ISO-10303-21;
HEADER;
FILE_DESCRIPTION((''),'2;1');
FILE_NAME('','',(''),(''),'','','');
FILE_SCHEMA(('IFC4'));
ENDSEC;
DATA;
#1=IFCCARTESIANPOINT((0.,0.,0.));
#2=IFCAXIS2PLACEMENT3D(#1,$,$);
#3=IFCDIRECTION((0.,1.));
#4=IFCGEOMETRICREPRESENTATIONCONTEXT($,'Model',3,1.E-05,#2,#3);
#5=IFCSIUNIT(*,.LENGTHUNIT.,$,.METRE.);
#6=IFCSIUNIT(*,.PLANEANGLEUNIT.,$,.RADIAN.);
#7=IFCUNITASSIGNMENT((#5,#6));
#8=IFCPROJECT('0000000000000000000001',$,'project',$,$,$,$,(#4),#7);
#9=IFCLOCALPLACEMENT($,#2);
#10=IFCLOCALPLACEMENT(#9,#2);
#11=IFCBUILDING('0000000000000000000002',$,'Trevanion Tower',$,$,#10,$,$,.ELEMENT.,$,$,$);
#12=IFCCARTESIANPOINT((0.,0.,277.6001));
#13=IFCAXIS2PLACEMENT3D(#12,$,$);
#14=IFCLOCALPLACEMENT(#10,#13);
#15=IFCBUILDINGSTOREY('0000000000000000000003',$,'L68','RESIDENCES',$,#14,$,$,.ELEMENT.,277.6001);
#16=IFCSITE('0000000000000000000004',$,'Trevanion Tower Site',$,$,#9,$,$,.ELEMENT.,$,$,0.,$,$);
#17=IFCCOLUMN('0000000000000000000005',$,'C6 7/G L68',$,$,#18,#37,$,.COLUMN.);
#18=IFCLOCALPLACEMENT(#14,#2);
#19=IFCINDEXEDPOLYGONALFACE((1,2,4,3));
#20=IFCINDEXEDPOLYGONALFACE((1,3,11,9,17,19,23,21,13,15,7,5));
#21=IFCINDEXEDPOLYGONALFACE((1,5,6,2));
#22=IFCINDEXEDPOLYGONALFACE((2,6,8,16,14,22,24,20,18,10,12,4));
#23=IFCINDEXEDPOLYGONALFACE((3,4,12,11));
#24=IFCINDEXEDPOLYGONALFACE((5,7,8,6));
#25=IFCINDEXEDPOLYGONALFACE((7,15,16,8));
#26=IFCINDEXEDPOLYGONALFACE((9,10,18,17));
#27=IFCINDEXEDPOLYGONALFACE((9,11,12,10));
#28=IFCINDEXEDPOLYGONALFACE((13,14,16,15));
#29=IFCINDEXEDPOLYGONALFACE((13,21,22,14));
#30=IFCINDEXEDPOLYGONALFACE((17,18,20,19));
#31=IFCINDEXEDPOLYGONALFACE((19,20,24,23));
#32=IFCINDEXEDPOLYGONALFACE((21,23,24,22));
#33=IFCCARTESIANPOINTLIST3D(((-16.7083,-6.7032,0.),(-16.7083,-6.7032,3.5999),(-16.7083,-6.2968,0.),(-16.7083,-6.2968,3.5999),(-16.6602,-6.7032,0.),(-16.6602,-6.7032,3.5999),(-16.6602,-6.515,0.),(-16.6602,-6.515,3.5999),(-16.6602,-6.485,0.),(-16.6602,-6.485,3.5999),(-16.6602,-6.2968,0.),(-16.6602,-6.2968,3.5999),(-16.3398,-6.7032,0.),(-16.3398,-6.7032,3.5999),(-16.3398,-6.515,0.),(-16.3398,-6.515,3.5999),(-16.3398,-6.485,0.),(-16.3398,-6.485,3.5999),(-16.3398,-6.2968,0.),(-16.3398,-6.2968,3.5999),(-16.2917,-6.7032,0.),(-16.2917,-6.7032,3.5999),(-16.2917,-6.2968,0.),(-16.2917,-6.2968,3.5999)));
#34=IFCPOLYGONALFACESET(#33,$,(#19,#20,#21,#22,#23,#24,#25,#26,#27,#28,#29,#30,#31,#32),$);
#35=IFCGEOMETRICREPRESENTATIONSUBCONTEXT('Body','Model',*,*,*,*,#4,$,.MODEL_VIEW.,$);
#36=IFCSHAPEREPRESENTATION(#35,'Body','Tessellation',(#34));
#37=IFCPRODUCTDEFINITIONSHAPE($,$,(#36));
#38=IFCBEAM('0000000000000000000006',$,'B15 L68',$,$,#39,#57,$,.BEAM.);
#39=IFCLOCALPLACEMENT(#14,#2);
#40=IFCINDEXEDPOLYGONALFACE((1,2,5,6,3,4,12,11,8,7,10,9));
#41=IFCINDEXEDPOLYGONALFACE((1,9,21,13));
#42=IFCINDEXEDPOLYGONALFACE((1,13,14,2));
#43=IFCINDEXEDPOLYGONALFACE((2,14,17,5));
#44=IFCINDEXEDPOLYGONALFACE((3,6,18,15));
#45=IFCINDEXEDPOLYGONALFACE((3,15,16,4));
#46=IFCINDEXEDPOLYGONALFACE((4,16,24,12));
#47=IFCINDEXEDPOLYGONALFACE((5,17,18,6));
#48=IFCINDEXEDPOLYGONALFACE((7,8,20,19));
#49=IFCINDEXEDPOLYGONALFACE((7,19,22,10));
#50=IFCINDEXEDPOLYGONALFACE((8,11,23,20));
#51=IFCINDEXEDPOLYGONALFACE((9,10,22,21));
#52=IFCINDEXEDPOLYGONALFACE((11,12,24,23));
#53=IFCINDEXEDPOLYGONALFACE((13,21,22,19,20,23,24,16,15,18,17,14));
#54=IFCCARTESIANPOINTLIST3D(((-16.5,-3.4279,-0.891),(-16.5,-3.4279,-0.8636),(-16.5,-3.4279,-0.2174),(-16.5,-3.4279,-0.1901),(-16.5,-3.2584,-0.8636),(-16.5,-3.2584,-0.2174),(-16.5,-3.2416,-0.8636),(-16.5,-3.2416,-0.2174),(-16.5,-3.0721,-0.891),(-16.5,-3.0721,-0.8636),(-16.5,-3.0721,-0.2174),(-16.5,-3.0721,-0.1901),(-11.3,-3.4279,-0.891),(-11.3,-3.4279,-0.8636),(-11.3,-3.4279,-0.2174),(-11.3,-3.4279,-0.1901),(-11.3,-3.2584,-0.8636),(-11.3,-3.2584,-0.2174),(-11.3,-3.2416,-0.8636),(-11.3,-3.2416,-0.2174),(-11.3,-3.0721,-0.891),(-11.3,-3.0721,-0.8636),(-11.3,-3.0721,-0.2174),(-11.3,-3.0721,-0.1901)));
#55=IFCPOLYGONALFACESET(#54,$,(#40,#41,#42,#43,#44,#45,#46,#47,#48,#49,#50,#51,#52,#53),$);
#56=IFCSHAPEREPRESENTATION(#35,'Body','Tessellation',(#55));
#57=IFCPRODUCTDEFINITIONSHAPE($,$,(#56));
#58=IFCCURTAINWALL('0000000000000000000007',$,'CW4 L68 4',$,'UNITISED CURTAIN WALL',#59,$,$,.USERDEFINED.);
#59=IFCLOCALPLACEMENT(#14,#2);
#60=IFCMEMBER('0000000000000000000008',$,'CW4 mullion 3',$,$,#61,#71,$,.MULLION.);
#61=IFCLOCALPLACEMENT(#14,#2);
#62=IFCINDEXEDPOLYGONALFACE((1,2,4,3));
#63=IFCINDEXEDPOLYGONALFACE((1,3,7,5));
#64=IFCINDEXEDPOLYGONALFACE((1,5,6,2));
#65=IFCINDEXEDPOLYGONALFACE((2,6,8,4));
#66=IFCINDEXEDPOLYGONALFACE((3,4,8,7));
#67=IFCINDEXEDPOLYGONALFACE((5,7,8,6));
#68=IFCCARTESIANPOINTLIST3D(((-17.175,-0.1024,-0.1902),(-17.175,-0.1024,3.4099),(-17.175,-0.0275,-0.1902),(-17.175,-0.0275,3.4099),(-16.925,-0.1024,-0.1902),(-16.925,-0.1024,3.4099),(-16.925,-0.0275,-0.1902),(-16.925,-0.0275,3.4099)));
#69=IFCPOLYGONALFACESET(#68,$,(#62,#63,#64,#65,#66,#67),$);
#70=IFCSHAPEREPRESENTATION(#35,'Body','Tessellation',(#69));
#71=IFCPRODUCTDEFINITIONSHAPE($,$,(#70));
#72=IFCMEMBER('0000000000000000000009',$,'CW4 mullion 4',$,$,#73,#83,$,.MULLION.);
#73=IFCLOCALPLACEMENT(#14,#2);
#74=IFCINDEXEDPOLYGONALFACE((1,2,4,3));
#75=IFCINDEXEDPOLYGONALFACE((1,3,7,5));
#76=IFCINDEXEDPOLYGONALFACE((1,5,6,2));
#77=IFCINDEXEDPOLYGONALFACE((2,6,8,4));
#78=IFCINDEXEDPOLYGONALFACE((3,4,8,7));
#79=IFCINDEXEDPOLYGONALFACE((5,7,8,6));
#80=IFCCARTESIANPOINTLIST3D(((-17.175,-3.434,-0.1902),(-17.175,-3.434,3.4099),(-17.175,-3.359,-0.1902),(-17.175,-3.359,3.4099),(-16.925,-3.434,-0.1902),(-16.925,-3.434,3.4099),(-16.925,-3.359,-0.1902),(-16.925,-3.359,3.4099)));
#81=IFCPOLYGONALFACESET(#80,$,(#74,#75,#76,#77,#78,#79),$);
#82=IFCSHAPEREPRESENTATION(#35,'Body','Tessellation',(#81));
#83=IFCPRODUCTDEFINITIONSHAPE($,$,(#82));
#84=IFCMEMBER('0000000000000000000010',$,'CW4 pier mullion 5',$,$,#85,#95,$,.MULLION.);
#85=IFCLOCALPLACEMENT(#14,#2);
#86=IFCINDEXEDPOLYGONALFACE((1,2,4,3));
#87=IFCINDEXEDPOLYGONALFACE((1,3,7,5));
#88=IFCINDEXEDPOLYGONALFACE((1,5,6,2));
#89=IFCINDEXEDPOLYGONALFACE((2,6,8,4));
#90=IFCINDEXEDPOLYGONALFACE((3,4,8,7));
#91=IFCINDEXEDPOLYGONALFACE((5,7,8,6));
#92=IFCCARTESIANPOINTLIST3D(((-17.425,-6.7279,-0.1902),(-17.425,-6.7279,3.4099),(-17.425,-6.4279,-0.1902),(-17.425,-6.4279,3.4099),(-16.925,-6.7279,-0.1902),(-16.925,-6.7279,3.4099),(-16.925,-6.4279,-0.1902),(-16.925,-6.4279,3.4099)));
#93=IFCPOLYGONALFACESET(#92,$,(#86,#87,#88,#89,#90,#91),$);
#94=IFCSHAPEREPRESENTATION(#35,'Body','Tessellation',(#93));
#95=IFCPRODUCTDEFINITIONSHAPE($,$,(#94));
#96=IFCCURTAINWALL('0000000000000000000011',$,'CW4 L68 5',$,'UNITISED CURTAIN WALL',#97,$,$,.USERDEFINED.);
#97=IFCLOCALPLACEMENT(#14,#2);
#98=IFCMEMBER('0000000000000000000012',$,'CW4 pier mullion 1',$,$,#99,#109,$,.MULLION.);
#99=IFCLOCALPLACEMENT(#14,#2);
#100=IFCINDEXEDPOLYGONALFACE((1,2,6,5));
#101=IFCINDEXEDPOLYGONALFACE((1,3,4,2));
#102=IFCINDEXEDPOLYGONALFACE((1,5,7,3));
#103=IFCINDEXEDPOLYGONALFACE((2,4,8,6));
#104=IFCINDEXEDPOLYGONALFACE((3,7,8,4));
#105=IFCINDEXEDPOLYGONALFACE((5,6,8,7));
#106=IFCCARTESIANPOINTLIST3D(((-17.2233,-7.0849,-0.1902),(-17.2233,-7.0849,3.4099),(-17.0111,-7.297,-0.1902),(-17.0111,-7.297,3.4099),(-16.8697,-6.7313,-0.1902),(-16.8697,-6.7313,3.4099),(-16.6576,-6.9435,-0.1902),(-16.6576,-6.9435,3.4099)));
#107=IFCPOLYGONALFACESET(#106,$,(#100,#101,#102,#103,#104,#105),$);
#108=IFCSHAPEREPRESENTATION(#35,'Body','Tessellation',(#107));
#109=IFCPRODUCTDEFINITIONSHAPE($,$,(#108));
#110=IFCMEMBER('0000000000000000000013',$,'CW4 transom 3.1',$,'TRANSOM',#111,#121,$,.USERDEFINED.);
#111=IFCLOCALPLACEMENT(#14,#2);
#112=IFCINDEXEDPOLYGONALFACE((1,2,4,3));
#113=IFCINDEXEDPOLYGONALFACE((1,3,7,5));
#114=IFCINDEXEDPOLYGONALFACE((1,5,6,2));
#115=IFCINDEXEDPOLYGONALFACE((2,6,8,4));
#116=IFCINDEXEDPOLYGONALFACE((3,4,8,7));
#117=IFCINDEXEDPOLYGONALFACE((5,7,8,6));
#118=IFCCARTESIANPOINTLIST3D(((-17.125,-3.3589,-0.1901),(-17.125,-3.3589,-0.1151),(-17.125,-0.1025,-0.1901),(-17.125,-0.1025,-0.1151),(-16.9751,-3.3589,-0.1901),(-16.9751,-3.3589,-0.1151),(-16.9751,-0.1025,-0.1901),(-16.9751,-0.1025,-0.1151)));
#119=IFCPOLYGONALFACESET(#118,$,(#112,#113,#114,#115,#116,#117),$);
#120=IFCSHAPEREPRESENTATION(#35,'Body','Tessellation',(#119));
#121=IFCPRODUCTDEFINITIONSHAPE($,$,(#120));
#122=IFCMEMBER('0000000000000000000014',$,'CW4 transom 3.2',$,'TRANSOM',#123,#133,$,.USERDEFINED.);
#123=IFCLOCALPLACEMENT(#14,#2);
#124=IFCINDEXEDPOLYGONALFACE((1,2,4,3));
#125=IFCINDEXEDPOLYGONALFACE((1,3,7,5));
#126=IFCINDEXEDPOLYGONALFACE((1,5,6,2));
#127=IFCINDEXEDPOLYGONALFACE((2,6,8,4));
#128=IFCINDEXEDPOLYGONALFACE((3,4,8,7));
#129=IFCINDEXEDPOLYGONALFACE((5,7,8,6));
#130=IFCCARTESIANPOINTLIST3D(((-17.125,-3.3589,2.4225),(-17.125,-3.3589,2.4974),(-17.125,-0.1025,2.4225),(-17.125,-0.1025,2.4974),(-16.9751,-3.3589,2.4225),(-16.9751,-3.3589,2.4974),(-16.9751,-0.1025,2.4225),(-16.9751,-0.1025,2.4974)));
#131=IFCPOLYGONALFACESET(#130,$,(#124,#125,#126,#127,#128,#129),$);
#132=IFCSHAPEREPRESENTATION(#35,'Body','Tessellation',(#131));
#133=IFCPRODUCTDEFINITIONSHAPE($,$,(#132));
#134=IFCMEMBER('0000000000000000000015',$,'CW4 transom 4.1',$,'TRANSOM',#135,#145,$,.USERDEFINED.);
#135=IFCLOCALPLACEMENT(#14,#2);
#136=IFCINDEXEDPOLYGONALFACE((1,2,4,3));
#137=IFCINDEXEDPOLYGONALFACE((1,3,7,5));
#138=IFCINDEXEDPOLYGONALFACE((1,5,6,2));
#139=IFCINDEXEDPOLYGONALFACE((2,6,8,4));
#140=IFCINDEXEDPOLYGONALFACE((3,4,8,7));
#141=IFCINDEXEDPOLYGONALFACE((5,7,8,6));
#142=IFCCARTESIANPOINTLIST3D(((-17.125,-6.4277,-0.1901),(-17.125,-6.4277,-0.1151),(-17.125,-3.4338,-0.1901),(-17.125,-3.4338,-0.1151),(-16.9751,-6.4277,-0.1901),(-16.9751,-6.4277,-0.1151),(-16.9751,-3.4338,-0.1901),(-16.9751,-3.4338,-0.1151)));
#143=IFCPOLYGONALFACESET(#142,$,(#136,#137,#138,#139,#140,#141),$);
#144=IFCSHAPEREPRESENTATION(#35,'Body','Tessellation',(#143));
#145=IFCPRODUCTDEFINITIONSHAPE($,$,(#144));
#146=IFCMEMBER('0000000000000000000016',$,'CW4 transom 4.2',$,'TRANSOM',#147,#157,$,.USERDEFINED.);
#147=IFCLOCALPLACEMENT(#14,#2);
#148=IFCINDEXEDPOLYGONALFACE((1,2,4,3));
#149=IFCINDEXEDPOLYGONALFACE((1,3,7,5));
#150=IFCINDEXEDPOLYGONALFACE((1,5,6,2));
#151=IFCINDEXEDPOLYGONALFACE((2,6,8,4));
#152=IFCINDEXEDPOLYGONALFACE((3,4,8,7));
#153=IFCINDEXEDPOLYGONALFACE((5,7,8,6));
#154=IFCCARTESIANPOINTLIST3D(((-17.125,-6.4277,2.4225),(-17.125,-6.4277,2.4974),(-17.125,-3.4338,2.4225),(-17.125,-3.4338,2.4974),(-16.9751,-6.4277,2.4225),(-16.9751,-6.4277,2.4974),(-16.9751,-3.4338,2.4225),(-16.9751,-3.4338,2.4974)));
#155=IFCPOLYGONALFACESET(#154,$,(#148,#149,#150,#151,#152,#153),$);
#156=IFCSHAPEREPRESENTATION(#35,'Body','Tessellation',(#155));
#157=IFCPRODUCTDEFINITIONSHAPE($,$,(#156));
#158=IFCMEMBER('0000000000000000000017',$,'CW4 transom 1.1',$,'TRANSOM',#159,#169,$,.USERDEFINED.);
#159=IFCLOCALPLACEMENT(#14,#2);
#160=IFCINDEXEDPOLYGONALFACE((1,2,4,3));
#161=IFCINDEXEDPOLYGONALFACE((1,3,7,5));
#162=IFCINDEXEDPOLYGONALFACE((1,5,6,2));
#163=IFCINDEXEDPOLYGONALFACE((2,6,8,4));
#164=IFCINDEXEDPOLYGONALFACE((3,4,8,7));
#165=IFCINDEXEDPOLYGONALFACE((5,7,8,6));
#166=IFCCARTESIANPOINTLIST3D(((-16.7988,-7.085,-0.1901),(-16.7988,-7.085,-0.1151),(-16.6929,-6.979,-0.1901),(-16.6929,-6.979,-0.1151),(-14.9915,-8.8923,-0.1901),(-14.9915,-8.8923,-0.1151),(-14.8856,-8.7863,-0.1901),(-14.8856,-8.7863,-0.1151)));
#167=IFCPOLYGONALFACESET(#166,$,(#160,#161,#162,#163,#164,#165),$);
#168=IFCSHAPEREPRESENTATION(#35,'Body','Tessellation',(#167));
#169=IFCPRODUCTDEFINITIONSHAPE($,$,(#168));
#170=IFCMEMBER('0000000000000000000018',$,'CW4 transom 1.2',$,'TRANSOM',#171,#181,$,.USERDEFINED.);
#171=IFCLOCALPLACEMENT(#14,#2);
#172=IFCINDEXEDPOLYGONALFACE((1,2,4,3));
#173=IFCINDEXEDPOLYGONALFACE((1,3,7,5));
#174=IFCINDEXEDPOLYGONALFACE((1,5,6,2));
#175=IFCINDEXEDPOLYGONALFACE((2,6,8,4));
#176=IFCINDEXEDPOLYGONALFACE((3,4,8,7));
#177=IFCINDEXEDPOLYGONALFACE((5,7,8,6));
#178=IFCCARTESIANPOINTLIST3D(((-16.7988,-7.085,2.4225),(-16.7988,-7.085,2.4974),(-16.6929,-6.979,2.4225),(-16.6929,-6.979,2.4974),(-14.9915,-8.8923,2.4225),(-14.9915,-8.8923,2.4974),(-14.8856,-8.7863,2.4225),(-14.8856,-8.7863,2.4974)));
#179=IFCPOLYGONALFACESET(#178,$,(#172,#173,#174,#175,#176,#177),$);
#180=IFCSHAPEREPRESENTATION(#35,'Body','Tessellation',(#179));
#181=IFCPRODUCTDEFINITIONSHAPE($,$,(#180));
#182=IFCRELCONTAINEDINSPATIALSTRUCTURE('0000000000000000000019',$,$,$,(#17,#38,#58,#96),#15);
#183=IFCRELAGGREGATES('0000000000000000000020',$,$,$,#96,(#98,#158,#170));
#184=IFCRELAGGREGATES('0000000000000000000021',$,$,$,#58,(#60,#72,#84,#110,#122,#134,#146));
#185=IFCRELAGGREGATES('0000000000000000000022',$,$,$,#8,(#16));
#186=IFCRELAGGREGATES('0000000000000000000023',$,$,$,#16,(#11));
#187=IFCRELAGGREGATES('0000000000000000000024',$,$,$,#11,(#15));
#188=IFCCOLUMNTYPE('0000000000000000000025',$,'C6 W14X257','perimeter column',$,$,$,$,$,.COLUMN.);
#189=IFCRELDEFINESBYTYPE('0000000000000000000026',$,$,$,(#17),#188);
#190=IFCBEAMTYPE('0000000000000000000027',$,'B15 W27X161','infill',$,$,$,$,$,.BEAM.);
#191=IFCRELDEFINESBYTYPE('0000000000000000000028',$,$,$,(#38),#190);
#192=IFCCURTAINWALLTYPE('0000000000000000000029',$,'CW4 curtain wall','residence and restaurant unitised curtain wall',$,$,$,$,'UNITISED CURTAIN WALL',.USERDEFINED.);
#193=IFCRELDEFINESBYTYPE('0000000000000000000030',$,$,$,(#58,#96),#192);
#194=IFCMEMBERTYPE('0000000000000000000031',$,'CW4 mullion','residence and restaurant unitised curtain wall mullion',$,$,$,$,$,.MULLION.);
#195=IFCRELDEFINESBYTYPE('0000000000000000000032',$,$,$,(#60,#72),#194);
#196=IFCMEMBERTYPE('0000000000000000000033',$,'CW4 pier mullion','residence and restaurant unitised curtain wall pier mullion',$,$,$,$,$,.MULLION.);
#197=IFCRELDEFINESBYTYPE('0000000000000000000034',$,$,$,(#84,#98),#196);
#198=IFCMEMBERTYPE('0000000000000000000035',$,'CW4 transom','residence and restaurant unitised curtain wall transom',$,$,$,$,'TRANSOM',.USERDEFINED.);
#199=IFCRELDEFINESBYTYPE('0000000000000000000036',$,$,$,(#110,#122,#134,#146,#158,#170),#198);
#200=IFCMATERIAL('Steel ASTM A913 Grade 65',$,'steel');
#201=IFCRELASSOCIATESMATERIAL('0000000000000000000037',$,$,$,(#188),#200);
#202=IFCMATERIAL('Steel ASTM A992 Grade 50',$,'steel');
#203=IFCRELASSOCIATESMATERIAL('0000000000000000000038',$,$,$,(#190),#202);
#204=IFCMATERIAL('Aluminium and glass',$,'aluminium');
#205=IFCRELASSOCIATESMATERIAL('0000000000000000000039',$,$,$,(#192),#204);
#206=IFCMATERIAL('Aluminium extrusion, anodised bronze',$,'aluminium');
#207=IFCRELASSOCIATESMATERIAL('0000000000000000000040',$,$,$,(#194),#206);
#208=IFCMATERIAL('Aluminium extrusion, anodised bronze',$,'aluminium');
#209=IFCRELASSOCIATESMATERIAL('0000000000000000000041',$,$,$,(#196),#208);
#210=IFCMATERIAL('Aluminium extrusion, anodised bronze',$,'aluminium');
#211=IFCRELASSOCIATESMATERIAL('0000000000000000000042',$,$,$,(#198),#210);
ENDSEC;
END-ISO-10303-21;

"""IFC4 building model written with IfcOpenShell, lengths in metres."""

from ifc_helpers import new_model, si_unit, direction, frame, origin, origin_2d, place, context, subcontext, project, spatial, rectangle, i_section, extrude, material, material_profile, profile_set, type_object, element, aggregate, save


model = new_model("IFC4")

# Units and contexts
model_context = context("Model", 3, precision=1e-05, world=origin(), true_north=direction((0.0, 1.0)))
body_context = subcontext(model_context, "Body", "Model", "MODEL_VIEW")
ifc_project = project(units=[si_unit("LENGTHUNIT", "METRE"), si_unit("PLANEANGLEUNIT", "RADIAN")], contexts=[model_context])

# Site, building, storey
site_placement = place(None, origin())
site = spatial("IfcSite", under=ifc_project, at=site_placement, Name="Trevanion Tower Site", CompositionType="ELEMENT", RefElevation=0.0)
building_placement = place(site_placement, origin())
building = spatial("IfcBuilding", under=site, at=building_placement, Name="Trevanion Tower", CompositionType="ELEMENT")
storey_placement = place(building_placement, frame((0.0, 0.0, 277.6001)))
storey = spatial("IfcBuildingStorey", under=building, at=storey_placement, Name="L68", Description="RESIDENCES", CompositionType="ELEMENT", Elevation=277.6001)

# Column
ifc_material_1 = material(Name="Steel ASTM A913 Grade 65", Category="steel")
ifc_material_profile_1 = material_profile(ifc_material_1, i_section(OverallWidth=0.4065, OverallDepth=0.4165, WebThickness=0.03, FlangeThickness=0.0481, at=origin_2d()), Name="W14X257")
ifc_profile_set_1 = profile_set([ifc_material_profile_1], Name="Steel ASTM A913 Grade 65")
column_type = type_object("IfcColumnType", Name="C6 W14X257", Description="perimeter column", PredefinedType="COLUMN", material=ifc_profile_set_1)
column_placement = place(storey_placement, frame((-16.5, -6.5, 0.0), z_axis=(0.0, 0.0, 1.0), x_axis=(0.0, 1.0, 0.0)))
element("IfcColumn", 1, at=column_placement, inside=storey, type_object=column_type, Name="C6 7/G L68", PredefinedType="COLUMN", context=body_context, shape_type="SweptSolid", body=[
    extrude(i_section(OverallWidth=0.4065, OverallDepth=0.4165, WebThickness=0.03, FlangeThickness=0.0481, at=origin_2d()), origin(), (0.0, 0.0, 1.0), 3.5999),
])

# Beam
ifc_material_2 = material(Name="Steel ASTM A992 Grade 50", Category="steel")
ifc_material_profile_2 = material_profile(ifc_material_2, i_section(OverallWidth=0.3557, OverallDepth=0.7009, WebThickness=0.0168, FlangeThickness=0.0273, at=origin_2d()), Name="W27X161")
ifc_profile_set_2 = profile_set([ifc_material_profile_2], Name="Steel ASTM A992 Grade 50")
beam_type_1 = type_object("IfcBeamType", Name="B15 W27X161", Description="infill", PredefinedType="BEAM", material=ifc_profile_set_2)
beam_1_placement = place(storey_placement, frame((-11.3, -3.25, -0.5405), z_axis=(-1.0, 0.0, 0.0), x_axis=(0.0, -1.0, 0.0)))
element("IfcBeam", 2, at=beam_1_placement, inside=storey, type_object=beam_type_1, Name="B15 L68", PredefinedType="BEAM", context=body_context, shape_type="SweptSolid", body=[
    extrude(i_section(OverallWidth=0.3557, OverallDepth=0.7009, WebThickness=0.0168, FlangeThickness=0.0273, at=origin_2d()), origin(), (0.0, 0.0, 1.0), 5.2),
])

# Curtain wall, members
ifc_material_3 = material(Name="Aluminium and glass", Category="aluminium")
curtain_wall_type = type_object("IfcCurtainWallType", Name="CW4 curtain wall", Description="residence and restaurant unitised curtain wall", ElementType="UNITISED CURTAIN WALL", PredefinedType="USERDEFINED", material=ifc_material_3)
curtain_wall_1_placement = place(storey_placement, origin())
curtain_wall_1 = element("IfcCurtainWall", 3, at=curtain_wall_1_placement, inside=storey, type_object=curtain_wall_type, Name="CW4 L68 4", ObjectType="UNITISED CURTAIN WALL", PredefinedType="USERDEFINED")
ifc_material_4 = material(Name="Aluminium extrusion, anodised bronze", Category="aluminium")
ifc_material_profile_3 = material_profile(ifc_material_4, rectangle(XDim=0.075, YDim=0.25, at=origin_2d()), Name="CW4 mullion")
ifc_profile_set_3 = profile_set([ifc_material_profile_3], Name="Aluminium extrusion, anodised bronze")
member_type_1 = type_object("IfcMemberType", Name="CW4 mullion", Description="residence and restaurant unitised curtain wall mullion", PredefinedType="MULLION", material=ifc_profile_set_3)
member_1_placement = place(storey_placement, frame((-17.05, -0.0649, -0.1902), z_axis=(0.0, 0.0, 1.0), x_axis=(0.0, -1.0, 0.0)))
member_1 = element("IfcMember", 4, at=member_1_placement, type_object=member_type_1, Name="CW4 mullion 3", PredefinedType="MULLION", context=body_context, shape_type="SweptSolid", body=[
    extrude(rectangle(XDim=0.075, YDim=0.25, at=origin_2d()), origin(), (0.0, 0.0, 1.0), 3.6001),
])
member_2_placement = place(storey_placement, frame((-17.05, -3.3965, -0.1902), z_axis=(0.0, 0.0, 1.0), x_axis=(0.0, -1.0, 0.0)))
member_2 = element("IfcMember", 5, at=member_2_placement, type_object=member_type_1, Name="CW4 mullion 4", PredefinedType="MULLION", context=body_context, shape_type="SweptSolid", body=[
    extrude(rectangle(XDim=0.075, YDim=0.25, at=origin_2d()), origin(), (0.0, 0.0, 1.0), 3.6001),
])
ifc_material_5 = material(Name="Aluminium extrusion, anodised bronze", Category="aluminium")
ifc_material_profile_4 = material_profile(ifc_material_5, rectangle(XDim=0.3, YDim=0.5, at=origin_2d()), Name="CW4 pier mullion")
ifc_profile_set_4 = profile_set([ifc_material_profile_4], Name="Aluminium extrusion, anodised bronze")
member_type_2 = type_object("IfcMemberType", Name="CW4 pier mullion", Description="residence and restaurant unitised curtain wall pier mullion", PredefinedType="MULLION", material=ifc_profile_set_4)
member_3_placement = place(storey_placement, frame((-17.175, -6.5779, -0.1902), z_axis=(0.0, 0.0, 1.0), x_axis=(0.0, -1.0, 0.0)))
member_3 = element("IfcMember", 6, at=member_3_placement, type_object=member_type_2, Name="CW4 pier mullion 5", PredefinedType="MULLION", context=body_context, shape_type="SweptSolid", body=[
    extrude(rectangle(XDim=0.3, YDim=0.5, at=origin_2d()), origin(), (0.0, 0.0, 1.0), 3.6001),
])

# Curtain wall, member
curtain_wall_2_placement = place(storey_placement, origin())
curtain_wall_2 = element("IfcCurtainWall", 7, at=curtain_wall_2_placement, inside=storey, type_object=curtain_wall_type, Name="CW4 L68 5", ObjectType="UNITISED CURTAIN WALL", PredefinedType="USERDEFINED")
member_4_placement = place(storey_placement, frame((-16.9404, -7.0142, -0.1902), z_axis=(0.0, 0.0, 1.0), x_axis=(0.707107, -0.707107, 0.0)))
member_4 = element("IfcMember", 8, at=member_4_placement, type_object=member_type_2, Name="CW4 pier mullion 1", PredefinedType="MULLION", context=body_context, shape_type="SweptSolid", body=[
    extrude(rectangle(XDim=0.3, YDim=0.5, at=origin_2d()), origin(), (0.0, 0.0, 1.0), 3.6001),
])

# Members
ifc_material_6 = material(Name="Aluminium extrusion, anodised bronze", Category="aluminium")
ifc_material_profile_5 = material_profile(ifc_material_6, rectangle(XDim=0.1499, YDim=0.075, at=origin_2d()), Name="CW4 transom")
ifc_profile_set_5 = profile_set([ifc_material_profile_5], Name="Aluminium extrusion, anodised bronze")
member_type_3 = type_object("IfcMemberType", Name="CW4 transom", Description="residence and restaurant unitised curtain wall transom", ElementType="TRANSOM", PredefinedType="USERDEFINED", material=ifc_profile_set_5)
member_5_placement = place(storey_placement, frame((-17.05, -0.1025, -0.1526), z_axis=(0.0, -1.0, 0.0), x_axis=(1.0, 0.0, 0.0)))
member_5 = element("IfcMember", 9, at=member_5_placement, type_object=member_type_3, Name="CW4 transom 3.1", ObjectType="TRANSOM", PredefinedType="USERDEFINED", context=body_context, shape_type="SweptSolid", body=[
    extrude(rectangle(XDim=0.1499, YDim=0.075, at=origin_2d()), origin(), (0.0, 0.0, 1.0), 3.2563),
])
member_6_placement = place(storey_placement, frame((-17.05, -0.1025, 2.46), z_axis=(0.0, -1.0, 0.0), x_axis=(1.0, 0.0, 0.0)))
member_6 = element("IfcMember", 10, at=member_6_placement, type_object=member_type_3, Name="CW4 transom 3.2", ObjectType="TRANSOM", PredefinedType="USERDEFINED", context=body_context, shape_type="SweptSolid", body=[
    extrude(rectangle(XDim=0.1499, YDim=0.075, at=origin_2d()), origin(), (0.0, 0.0, 1.0), 3.2563),
])
member_7_placement = place(storey_placement, frame((-17.05, -3.4338, -0.1526), z_axis=(0.0, -1.0, 0.0), x_axis=(1.0, 0.0, 0.0)))
member_7 = element("IfcMember", 11, at=member_7_placement, type_object=member_type_3, Name="CW4 transom 4.1", ObjectType="TRANSOM", PredefinedType="USERDEFINED", context=body_context, shape_type="SweptSolid", body=[
    extrude(rectangle(XDim=0.1499, YDim=0.075, at=origin_2d()), origin(), (0.0, 0.0, 1.0), 2.9939),
])
member_8_placement = place(storey_placement, frame((-17.05, -3.4338, 2.46), z_axis=(0.0, -1.0, 0.0), x_axis=(1.0, 0.0, 0.0)))
member_8 = element("IfcMember", 12, at=member_8_placement, type_object=member_type_3, Name="CW4 transom 4.2", ObjectType="TRANSOM", PredefinedType="USERDEFINED", context=body_context, shape_type="SweptSolid", body=[
    extrude(rectangle(XDim=0.1499, YDim=0.075, at=origin_2d()), origin(), (0.0, 0.0, 1.0), 2.9939),
])
member_9_placement = place(storey_placement, frame((-16.7458, -7.032, -0.1526), z_axis=(0.707107, -0.707107, 0.0), x_axis=(0.707107, 0.707107, 0.0)))
member_9 = element("IfcMember", 13, at=member_9_placement, type_object=member_type_3, Name="CW4 transom 1.1", ObjectType="TRANSOM", PredefinedType="USERDEFINED", context=body_context, shape_type="SweptSolid", body=[
    extrude(rectangle(XDim=0.1499, YDim=0.075, at=origin_2d()), origin(), (0.0, 0.0, 1.0), 2.5559),
])
member_10_placement = place(storey_placement, frame((-16.7458, -7.032, 2.46), z_axis=(0.707107, -0.707107, 0.0), x_axis=(0.707107, 0.707107, 0.0)))
member_10 = element("IfcMember", 14, at=member_10_placement, type_object=member_type_3, Name="CW4 transom 1.2", ObjectType="TRANSOM", PredefinedType="USERDEFINED", context=body_context, shape_type="SweptSolid", body=[
    extrude(rectangle(XDim=0.1499, YDim=0.075, at=origin_2d()), origin(), (0.0, 0.0, 1.0), 2.5559),
])
aggregate(curtain_wall_2, [member_4, member_9, member_10])

aggregate(curtain_wall_1, [member_1, member_2, member_3, member_5, member_6, member_7, member_8])

save(model, "model.ifc")
